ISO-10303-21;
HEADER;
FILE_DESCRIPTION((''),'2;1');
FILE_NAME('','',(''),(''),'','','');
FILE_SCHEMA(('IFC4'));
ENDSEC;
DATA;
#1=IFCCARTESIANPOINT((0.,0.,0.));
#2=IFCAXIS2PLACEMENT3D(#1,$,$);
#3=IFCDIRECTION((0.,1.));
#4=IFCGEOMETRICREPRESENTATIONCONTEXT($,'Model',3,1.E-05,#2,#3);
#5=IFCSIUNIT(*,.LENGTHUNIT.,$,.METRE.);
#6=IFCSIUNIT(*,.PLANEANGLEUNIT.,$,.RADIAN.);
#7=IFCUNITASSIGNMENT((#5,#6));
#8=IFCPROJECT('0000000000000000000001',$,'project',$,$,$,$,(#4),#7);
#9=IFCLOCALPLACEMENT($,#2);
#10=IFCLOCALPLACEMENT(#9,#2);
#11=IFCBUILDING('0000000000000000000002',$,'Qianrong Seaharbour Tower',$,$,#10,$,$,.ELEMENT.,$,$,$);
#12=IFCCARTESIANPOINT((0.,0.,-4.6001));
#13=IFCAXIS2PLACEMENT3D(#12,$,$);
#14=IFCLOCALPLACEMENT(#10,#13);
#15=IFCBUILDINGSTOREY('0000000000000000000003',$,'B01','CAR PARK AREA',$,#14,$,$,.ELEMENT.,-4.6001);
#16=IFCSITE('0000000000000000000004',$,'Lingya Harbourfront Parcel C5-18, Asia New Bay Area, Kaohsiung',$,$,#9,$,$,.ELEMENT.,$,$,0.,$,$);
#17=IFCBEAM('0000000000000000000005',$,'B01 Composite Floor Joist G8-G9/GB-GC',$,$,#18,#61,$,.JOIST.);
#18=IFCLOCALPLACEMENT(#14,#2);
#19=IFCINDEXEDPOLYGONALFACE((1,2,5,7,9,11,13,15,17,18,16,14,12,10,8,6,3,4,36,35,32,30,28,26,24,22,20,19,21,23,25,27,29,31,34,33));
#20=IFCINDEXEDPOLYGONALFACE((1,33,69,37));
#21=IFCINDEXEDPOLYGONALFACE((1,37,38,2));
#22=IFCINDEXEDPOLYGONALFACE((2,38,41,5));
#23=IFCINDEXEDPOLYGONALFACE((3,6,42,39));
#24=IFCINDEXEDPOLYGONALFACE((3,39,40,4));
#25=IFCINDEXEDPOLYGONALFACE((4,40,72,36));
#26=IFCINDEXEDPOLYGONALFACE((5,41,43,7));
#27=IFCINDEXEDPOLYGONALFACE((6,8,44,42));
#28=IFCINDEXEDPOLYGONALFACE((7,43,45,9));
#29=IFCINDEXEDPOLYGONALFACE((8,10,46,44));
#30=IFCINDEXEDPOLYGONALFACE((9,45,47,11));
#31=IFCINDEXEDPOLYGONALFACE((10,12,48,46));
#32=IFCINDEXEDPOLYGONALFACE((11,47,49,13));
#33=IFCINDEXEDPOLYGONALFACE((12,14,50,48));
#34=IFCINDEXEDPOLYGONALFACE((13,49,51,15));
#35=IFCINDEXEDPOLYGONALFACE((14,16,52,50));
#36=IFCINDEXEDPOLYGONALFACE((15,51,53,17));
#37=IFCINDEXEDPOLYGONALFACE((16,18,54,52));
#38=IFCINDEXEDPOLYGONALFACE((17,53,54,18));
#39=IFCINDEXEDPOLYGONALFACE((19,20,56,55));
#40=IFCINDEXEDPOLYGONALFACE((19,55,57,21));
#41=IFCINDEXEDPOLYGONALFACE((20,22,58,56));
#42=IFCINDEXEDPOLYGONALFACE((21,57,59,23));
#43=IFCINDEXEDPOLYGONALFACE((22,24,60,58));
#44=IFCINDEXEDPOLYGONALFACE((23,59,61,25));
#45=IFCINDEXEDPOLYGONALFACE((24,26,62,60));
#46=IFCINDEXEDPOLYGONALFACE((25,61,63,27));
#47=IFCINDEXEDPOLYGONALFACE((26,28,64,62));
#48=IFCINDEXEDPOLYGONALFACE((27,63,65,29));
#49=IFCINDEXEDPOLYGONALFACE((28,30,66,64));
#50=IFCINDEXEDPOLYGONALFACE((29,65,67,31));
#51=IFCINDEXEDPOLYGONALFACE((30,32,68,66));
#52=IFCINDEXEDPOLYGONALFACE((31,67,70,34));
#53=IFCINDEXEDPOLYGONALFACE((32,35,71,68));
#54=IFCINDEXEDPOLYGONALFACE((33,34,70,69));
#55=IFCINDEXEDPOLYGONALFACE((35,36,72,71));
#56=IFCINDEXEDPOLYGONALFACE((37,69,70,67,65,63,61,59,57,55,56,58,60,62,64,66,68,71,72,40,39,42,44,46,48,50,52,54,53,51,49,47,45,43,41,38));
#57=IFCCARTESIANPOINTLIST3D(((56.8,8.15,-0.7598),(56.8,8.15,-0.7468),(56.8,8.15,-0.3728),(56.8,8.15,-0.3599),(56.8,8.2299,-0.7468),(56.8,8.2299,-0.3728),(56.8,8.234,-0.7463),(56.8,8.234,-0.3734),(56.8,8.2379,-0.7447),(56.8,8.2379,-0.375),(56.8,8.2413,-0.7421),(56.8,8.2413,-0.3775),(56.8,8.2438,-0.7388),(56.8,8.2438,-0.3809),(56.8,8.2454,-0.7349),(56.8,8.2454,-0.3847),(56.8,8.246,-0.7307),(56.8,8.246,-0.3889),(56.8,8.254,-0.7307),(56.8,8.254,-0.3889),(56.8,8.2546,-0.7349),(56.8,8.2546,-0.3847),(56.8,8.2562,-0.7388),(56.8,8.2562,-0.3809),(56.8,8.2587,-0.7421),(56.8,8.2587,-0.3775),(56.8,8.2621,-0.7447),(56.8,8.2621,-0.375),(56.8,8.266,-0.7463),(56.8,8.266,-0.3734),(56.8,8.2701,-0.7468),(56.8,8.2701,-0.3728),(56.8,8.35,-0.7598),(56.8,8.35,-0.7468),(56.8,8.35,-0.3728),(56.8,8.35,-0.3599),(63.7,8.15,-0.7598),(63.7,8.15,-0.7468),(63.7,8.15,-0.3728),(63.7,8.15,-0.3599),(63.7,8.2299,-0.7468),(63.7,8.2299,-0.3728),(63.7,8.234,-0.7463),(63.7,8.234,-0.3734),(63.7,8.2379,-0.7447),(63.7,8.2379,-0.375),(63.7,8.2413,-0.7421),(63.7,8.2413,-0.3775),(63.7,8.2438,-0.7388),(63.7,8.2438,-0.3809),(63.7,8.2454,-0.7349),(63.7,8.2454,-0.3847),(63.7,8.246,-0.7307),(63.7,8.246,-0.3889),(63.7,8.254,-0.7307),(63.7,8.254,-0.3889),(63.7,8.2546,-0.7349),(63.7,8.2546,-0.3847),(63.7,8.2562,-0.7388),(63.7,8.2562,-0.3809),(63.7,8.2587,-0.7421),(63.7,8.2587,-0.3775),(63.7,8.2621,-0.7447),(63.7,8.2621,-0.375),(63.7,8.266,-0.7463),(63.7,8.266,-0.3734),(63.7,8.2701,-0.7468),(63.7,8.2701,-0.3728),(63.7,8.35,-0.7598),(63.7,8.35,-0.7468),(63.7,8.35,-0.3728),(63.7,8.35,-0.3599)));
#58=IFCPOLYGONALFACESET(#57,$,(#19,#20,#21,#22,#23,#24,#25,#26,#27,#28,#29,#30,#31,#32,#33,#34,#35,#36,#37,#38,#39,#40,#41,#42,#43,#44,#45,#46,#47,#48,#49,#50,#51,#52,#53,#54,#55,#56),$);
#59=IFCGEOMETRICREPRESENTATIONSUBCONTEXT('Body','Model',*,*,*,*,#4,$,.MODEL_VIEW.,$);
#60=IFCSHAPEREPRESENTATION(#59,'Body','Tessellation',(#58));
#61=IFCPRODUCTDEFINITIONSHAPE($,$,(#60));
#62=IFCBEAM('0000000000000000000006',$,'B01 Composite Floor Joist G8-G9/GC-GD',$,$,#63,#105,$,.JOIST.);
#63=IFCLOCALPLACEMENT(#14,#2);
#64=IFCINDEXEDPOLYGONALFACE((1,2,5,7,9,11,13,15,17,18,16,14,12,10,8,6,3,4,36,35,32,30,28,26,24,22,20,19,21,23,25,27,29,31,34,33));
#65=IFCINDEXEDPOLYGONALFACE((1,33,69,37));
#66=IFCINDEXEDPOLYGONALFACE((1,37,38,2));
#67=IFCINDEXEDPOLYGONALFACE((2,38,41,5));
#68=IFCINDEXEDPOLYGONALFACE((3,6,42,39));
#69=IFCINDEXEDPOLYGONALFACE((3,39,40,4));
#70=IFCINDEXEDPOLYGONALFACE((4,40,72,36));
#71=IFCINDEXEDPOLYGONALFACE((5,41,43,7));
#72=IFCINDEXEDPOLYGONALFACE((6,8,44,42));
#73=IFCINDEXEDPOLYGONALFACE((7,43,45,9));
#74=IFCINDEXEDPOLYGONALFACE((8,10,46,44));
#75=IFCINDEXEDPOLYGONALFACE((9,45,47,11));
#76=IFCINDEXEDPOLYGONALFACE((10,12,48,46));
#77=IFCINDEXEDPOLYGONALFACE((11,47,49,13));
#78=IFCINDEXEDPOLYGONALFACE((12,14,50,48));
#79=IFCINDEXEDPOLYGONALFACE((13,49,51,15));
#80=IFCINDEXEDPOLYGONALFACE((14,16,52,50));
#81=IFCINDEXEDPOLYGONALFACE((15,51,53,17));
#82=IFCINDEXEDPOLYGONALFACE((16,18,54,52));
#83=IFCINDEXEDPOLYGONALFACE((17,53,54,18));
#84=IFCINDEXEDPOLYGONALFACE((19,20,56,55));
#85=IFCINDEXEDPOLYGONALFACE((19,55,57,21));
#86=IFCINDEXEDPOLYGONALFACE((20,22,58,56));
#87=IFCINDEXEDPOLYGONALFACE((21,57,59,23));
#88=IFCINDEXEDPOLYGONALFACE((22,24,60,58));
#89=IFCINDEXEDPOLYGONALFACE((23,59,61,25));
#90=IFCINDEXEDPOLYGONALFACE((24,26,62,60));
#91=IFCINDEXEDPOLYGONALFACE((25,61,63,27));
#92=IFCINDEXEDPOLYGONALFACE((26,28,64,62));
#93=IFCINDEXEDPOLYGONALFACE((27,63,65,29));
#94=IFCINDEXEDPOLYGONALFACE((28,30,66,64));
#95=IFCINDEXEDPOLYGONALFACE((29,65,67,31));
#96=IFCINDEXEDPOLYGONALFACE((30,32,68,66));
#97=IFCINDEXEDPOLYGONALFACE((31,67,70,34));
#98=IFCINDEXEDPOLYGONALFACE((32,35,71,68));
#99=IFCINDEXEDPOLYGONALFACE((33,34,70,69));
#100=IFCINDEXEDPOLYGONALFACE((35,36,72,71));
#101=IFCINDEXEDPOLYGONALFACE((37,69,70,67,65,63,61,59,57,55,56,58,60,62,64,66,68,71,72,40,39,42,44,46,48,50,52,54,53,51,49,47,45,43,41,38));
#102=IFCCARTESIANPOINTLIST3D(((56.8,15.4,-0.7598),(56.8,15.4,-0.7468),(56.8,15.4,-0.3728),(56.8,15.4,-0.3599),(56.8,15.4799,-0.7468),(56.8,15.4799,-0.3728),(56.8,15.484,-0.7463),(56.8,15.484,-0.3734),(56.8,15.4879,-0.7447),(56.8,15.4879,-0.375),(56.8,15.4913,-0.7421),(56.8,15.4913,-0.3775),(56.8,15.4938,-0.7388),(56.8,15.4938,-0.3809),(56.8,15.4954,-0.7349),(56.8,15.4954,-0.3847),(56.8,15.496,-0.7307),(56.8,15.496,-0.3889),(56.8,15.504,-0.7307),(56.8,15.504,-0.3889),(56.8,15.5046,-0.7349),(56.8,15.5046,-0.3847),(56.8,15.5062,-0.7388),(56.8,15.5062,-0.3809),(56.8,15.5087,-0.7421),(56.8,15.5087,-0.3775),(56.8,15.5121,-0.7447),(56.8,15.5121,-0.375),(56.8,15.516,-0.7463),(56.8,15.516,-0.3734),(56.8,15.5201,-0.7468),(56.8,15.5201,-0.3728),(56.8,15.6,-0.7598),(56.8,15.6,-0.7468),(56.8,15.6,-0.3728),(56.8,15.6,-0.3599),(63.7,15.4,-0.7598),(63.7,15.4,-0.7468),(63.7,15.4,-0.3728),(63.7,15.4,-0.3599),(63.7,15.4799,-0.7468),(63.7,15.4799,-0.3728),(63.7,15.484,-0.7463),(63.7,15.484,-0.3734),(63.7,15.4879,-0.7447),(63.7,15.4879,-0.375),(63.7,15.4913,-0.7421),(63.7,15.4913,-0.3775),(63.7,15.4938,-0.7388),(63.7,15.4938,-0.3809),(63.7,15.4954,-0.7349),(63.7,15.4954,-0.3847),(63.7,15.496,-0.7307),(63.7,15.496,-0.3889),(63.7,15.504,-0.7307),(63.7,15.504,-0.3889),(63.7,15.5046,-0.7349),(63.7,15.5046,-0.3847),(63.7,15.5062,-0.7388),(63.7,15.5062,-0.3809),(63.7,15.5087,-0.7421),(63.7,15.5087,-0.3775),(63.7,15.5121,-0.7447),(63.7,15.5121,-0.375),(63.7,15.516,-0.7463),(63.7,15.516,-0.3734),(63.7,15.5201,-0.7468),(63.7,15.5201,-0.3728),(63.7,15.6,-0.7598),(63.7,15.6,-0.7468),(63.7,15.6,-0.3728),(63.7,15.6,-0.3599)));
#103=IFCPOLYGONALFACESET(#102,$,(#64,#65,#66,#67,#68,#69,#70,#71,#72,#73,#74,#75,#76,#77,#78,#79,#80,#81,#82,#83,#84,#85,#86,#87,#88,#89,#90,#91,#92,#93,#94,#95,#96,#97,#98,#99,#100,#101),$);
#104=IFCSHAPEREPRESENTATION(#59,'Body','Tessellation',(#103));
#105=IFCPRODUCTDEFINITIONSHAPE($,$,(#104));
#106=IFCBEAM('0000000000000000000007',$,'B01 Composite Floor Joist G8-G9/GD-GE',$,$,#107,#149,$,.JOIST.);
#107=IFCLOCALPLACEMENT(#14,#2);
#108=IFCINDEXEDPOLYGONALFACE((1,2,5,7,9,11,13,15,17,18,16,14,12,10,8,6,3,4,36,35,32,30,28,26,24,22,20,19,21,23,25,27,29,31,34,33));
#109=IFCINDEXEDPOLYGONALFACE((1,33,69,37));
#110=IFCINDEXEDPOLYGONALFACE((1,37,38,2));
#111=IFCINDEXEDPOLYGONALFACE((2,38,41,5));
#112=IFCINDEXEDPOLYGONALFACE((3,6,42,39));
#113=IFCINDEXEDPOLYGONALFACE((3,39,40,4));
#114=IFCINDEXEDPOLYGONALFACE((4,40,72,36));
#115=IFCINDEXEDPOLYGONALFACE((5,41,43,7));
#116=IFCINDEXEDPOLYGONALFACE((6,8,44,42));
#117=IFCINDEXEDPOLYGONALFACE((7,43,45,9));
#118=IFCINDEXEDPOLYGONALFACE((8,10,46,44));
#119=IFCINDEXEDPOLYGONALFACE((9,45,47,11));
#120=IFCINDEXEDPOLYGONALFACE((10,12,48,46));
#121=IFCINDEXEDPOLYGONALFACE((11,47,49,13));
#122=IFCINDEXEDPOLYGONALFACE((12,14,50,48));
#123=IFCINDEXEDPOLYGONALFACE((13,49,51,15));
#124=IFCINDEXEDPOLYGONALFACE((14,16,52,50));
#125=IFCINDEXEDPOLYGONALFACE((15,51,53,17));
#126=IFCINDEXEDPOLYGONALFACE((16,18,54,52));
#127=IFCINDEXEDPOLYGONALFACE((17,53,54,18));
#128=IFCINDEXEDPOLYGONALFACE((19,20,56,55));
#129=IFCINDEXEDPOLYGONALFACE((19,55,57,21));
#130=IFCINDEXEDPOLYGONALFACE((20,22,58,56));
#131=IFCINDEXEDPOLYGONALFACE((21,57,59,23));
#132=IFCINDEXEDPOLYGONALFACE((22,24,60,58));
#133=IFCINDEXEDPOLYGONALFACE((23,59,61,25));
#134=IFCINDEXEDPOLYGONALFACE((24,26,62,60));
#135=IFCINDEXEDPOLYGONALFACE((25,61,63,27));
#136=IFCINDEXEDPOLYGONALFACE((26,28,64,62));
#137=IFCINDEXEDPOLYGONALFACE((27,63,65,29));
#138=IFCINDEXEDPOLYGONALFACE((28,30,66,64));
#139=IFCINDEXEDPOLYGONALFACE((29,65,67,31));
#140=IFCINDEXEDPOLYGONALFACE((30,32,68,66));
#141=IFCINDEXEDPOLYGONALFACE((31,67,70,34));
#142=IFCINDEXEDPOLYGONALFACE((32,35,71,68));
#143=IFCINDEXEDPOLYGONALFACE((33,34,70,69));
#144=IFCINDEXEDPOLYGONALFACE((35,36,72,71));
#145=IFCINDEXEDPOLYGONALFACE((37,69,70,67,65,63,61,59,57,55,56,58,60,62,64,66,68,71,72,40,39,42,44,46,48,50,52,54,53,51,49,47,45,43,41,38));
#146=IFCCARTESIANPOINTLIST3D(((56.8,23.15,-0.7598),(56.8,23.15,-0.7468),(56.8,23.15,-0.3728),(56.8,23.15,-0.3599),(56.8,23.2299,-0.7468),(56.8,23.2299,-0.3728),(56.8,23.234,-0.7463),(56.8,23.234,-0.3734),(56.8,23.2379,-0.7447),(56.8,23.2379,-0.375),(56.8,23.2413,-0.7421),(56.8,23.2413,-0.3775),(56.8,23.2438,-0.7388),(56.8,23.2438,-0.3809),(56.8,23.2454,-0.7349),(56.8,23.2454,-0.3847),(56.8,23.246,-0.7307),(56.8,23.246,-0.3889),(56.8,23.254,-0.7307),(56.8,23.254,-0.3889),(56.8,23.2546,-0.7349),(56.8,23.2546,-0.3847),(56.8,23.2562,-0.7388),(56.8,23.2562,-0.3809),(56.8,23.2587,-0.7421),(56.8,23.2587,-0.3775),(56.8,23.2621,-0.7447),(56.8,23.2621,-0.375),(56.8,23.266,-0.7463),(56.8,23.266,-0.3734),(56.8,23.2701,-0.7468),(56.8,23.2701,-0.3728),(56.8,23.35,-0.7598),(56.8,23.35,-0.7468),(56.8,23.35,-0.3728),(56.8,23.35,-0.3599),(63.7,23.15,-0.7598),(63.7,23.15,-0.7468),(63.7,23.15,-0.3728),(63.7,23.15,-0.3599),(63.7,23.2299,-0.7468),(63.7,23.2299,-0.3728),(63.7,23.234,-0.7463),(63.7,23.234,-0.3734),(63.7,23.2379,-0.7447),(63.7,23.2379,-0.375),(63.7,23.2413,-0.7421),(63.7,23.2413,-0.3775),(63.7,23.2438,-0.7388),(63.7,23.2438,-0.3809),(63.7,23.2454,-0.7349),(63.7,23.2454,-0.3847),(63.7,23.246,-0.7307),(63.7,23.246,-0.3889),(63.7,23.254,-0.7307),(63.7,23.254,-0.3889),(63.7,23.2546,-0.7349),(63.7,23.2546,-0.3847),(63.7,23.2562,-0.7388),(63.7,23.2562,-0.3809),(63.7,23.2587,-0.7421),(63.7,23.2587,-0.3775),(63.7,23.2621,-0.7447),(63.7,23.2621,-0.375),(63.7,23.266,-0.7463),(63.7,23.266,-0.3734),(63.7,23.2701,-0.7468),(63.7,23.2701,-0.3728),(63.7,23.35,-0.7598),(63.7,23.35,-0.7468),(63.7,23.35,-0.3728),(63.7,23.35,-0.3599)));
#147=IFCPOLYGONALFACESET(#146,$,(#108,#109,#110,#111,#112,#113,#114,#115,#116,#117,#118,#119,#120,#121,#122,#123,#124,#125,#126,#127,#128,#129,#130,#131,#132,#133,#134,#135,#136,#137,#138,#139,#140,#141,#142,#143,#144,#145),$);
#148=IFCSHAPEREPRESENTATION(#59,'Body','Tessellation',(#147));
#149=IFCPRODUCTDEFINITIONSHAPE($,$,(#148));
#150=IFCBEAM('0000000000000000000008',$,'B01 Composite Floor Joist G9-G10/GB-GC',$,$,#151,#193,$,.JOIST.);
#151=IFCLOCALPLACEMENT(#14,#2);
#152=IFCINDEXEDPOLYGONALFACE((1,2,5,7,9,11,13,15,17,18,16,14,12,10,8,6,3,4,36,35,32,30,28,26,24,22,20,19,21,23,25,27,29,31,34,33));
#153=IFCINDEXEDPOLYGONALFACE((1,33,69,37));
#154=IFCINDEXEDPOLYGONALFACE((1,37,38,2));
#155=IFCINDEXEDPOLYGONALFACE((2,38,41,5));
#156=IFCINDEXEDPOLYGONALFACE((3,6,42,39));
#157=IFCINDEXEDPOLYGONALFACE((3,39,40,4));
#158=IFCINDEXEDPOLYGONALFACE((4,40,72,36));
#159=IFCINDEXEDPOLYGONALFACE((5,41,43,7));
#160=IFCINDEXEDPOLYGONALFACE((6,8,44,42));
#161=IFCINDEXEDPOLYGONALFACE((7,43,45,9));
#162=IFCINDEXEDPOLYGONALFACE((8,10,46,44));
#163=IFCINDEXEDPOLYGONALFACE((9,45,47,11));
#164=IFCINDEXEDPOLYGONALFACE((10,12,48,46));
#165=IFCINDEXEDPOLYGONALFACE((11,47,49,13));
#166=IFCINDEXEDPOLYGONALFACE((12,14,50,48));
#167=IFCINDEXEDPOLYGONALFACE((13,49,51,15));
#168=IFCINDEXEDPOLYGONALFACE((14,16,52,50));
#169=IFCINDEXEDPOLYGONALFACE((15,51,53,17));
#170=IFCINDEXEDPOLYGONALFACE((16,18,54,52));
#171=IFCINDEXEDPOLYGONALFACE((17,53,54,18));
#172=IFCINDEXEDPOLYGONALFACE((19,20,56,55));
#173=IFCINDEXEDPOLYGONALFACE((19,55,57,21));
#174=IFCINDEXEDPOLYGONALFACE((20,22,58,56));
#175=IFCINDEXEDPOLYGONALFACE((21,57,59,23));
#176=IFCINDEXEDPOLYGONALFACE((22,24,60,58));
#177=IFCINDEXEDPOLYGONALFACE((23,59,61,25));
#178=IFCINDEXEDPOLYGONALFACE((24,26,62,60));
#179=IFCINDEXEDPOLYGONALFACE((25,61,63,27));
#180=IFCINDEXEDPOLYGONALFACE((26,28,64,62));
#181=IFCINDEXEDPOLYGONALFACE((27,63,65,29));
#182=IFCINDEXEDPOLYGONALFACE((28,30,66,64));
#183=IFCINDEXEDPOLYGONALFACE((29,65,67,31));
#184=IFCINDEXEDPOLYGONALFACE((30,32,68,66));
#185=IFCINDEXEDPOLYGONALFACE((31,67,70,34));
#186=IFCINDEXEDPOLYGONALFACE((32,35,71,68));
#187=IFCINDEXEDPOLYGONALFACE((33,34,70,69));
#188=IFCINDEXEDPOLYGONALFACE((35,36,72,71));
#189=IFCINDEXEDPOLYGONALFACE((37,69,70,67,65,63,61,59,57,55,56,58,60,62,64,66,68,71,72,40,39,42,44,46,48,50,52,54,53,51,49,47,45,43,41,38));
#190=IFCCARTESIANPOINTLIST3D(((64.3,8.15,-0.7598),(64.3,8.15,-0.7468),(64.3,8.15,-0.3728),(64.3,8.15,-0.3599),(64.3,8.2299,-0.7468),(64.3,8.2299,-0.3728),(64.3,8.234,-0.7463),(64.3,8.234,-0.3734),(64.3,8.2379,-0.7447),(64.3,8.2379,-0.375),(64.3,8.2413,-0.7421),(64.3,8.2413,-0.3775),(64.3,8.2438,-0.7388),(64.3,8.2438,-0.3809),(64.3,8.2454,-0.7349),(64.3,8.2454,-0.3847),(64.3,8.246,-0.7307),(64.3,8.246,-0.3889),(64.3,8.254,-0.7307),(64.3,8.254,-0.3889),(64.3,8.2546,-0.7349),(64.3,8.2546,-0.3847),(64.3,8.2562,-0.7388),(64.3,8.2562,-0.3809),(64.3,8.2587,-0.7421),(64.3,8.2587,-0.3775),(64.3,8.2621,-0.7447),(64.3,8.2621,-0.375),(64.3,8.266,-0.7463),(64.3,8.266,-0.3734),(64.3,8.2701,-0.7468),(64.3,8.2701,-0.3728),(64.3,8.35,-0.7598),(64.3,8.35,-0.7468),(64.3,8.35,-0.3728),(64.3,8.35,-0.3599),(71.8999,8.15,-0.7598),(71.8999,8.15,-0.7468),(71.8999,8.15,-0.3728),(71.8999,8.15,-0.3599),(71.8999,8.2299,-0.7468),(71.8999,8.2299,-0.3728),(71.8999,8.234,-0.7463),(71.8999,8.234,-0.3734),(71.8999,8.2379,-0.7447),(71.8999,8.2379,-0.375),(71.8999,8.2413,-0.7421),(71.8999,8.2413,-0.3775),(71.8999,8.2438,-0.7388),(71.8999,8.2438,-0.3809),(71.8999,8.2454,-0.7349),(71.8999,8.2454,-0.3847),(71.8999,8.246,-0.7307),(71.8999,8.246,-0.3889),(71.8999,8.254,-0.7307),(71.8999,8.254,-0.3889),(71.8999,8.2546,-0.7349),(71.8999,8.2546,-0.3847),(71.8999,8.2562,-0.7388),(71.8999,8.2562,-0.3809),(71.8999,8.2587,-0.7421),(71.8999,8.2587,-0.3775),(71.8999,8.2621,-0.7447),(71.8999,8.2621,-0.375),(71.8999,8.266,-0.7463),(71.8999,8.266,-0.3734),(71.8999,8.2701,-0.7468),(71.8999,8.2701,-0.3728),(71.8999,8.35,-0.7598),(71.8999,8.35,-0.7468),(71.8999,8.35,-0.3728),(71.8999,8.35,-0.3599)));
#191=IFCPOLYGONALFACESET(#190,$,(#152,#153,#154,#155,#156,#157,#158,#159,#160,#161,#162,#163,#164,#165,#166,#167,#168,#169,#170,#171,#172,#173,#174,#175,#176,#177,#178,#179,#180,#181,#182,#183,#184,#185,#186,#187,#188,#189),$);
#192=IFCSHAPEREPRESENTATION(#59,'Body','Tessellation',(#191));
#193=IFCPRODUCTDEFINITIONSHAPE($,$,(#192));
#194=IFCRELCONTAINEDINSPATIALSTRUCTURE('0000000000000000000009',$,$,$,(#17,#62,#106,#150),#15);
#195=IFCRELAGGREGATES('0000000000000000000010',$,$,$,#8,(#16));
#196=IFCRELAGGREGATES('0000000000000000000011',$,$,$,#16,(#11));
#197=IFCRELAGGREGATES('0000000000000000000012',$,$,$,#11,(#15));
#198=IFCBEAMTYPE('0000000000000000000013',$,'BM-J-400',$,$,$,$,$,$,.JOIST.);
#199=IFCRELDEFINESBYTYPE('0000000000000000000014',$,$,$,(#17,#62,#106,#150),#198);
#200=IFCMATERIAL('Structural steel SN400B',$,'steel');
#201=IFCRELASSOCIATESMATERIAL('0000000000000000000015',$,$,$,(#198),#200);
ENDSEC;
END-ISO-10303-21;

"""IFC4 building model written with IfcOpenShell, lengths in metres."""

from ifc_helpers import new_model, si_unit, direction, frame, origin, origin_2d, place, context, subcontext, project, spatial, i_section, extrude, material, material_profile, profile_set, type_object, element, save


model = new_model("IFC4")

# Units and contexts
model_context = context("Model", 3, precision=1e-05, world=origin(), true_north=direction((0.0, 1.0)))
body_context = subcontext(model_context, "Body", "Model", "MODEL_VIEW")
ifc_project = project(units=[si_unit("LENGTHUNIT", "METRE"), si_unit("PLANEANGLEUNIT", "RADIAN")], contexts=[model_context])

# Site, building, storey
site_placement = place(None, origin())
site = spatial("IfcSite", under=ifc_project, at=site_placement, Name="Lingya Harbourfront Parcel C5-18, Asia New Bay Area, Kaohsiung", CompositionType="ELEMENT", RefElevation=0.0)
building_placement = place(site_placement, origin())
building = spatial("IfcBuilding", under=site, at=building_placement, Name="Qianrong Seaharbour Tower", CompositionType="ELEMENT")
storey_placement = place(building_placement, frame((0.0, 0.0, -4.6001)))
storey = spatial("IfcBuildingStorey", under=building, at=storey_placement, Name="B01", Description="CAR PARK AREA", CompositionType="ELEMENT", Elevation=-4.6001)

# Beams
ifc_material_1 = material(Name="Structural steel SN400B", Category="steel")
ifc_material_profile_1 = material_profile(ifc_material_1, i_section(OverallWidth=0.2, OverallDepth=0.3999, WebThickness=0.0081, FlangeThickness=0.0129, FilletRadius=0.0161, at=origin_2d()), Name="H400x200x8x13")
ifc_profile_set_1 = profile_set([ifc_material_profile_1], Name="Structural steel SN400B")
beam_type_1 = type_object("IfcBeamType", Name="BM-J-400", PredefinedType="JOIST", material=ifc_profile_set_1)
for number, where, z_axis, x_axis, name in (
    (1, (56.8, 8.25, -0.5598), (1.0, 0.0, 0.0), (0.0, 1.0, 0.0), "B01 Composite Floor Joist G8-G9/GB-GC"),
    (2, (56.8, 15.5, -0.5598), (1.0, 0.0, 0.0), (0.0, 1.0, 0.0), "B01 Composite Floor Joist G8-G9/GC-GD"),
    (3, (56.8, 23.25, -0.5598), (1.0, 0.0, 0.0), (0.0, 1.0, 0.0), "B01 Composite Floor Joist G8-G9/GD-GE"),
):
    element("IfcBeam", number, at=place(storey_placement, frame(where, z_axis=z_axis, x_axis=x_axis)), inside=storey, type_object=beam_type_1, Name=name, PredefinedType="JOIST", context=body_context, shape_type="SweptSolid", body=[
        extrude(i_section(OverallWidth=0.2, OverallDepth=0.3999, WebThickness=0.0081, FlangeThickness=0.0129, FilletRadius=0.0161, at=origin_2d()), origin(), (0.0, 0.0, 1.0), 6.8999),
    ])
for number, where, z_axis, x_axis, name in (
    (4, (64.3, 8.25, -0.5598), (1.0, 0.0, 0.0), (0.0, 1.0, 0.0), "B01 Composite Floor Joist G9-G10/GB-GC"),
):
    element("IfcBeam", number, at=place(storey_placement, frame(where, z_axis=z_axis, x_axis=x_axis)), inside=storey, type_object=beam_type_1, Name=name, PredefinedType="JOIST", context=body_context, shape_type="SweptSolid", body=[
        extrude(i_section(OverallWidth=0.2, OverallDepth=0.3999, WebThickness=0.0081, FlangeThickness=0.0129, FilletRadius=0.0161, at=origin_2d()), origin(), (0.0, 0.0, 1.0), 7.5999),
    ])

save(model, "model.ifc")
